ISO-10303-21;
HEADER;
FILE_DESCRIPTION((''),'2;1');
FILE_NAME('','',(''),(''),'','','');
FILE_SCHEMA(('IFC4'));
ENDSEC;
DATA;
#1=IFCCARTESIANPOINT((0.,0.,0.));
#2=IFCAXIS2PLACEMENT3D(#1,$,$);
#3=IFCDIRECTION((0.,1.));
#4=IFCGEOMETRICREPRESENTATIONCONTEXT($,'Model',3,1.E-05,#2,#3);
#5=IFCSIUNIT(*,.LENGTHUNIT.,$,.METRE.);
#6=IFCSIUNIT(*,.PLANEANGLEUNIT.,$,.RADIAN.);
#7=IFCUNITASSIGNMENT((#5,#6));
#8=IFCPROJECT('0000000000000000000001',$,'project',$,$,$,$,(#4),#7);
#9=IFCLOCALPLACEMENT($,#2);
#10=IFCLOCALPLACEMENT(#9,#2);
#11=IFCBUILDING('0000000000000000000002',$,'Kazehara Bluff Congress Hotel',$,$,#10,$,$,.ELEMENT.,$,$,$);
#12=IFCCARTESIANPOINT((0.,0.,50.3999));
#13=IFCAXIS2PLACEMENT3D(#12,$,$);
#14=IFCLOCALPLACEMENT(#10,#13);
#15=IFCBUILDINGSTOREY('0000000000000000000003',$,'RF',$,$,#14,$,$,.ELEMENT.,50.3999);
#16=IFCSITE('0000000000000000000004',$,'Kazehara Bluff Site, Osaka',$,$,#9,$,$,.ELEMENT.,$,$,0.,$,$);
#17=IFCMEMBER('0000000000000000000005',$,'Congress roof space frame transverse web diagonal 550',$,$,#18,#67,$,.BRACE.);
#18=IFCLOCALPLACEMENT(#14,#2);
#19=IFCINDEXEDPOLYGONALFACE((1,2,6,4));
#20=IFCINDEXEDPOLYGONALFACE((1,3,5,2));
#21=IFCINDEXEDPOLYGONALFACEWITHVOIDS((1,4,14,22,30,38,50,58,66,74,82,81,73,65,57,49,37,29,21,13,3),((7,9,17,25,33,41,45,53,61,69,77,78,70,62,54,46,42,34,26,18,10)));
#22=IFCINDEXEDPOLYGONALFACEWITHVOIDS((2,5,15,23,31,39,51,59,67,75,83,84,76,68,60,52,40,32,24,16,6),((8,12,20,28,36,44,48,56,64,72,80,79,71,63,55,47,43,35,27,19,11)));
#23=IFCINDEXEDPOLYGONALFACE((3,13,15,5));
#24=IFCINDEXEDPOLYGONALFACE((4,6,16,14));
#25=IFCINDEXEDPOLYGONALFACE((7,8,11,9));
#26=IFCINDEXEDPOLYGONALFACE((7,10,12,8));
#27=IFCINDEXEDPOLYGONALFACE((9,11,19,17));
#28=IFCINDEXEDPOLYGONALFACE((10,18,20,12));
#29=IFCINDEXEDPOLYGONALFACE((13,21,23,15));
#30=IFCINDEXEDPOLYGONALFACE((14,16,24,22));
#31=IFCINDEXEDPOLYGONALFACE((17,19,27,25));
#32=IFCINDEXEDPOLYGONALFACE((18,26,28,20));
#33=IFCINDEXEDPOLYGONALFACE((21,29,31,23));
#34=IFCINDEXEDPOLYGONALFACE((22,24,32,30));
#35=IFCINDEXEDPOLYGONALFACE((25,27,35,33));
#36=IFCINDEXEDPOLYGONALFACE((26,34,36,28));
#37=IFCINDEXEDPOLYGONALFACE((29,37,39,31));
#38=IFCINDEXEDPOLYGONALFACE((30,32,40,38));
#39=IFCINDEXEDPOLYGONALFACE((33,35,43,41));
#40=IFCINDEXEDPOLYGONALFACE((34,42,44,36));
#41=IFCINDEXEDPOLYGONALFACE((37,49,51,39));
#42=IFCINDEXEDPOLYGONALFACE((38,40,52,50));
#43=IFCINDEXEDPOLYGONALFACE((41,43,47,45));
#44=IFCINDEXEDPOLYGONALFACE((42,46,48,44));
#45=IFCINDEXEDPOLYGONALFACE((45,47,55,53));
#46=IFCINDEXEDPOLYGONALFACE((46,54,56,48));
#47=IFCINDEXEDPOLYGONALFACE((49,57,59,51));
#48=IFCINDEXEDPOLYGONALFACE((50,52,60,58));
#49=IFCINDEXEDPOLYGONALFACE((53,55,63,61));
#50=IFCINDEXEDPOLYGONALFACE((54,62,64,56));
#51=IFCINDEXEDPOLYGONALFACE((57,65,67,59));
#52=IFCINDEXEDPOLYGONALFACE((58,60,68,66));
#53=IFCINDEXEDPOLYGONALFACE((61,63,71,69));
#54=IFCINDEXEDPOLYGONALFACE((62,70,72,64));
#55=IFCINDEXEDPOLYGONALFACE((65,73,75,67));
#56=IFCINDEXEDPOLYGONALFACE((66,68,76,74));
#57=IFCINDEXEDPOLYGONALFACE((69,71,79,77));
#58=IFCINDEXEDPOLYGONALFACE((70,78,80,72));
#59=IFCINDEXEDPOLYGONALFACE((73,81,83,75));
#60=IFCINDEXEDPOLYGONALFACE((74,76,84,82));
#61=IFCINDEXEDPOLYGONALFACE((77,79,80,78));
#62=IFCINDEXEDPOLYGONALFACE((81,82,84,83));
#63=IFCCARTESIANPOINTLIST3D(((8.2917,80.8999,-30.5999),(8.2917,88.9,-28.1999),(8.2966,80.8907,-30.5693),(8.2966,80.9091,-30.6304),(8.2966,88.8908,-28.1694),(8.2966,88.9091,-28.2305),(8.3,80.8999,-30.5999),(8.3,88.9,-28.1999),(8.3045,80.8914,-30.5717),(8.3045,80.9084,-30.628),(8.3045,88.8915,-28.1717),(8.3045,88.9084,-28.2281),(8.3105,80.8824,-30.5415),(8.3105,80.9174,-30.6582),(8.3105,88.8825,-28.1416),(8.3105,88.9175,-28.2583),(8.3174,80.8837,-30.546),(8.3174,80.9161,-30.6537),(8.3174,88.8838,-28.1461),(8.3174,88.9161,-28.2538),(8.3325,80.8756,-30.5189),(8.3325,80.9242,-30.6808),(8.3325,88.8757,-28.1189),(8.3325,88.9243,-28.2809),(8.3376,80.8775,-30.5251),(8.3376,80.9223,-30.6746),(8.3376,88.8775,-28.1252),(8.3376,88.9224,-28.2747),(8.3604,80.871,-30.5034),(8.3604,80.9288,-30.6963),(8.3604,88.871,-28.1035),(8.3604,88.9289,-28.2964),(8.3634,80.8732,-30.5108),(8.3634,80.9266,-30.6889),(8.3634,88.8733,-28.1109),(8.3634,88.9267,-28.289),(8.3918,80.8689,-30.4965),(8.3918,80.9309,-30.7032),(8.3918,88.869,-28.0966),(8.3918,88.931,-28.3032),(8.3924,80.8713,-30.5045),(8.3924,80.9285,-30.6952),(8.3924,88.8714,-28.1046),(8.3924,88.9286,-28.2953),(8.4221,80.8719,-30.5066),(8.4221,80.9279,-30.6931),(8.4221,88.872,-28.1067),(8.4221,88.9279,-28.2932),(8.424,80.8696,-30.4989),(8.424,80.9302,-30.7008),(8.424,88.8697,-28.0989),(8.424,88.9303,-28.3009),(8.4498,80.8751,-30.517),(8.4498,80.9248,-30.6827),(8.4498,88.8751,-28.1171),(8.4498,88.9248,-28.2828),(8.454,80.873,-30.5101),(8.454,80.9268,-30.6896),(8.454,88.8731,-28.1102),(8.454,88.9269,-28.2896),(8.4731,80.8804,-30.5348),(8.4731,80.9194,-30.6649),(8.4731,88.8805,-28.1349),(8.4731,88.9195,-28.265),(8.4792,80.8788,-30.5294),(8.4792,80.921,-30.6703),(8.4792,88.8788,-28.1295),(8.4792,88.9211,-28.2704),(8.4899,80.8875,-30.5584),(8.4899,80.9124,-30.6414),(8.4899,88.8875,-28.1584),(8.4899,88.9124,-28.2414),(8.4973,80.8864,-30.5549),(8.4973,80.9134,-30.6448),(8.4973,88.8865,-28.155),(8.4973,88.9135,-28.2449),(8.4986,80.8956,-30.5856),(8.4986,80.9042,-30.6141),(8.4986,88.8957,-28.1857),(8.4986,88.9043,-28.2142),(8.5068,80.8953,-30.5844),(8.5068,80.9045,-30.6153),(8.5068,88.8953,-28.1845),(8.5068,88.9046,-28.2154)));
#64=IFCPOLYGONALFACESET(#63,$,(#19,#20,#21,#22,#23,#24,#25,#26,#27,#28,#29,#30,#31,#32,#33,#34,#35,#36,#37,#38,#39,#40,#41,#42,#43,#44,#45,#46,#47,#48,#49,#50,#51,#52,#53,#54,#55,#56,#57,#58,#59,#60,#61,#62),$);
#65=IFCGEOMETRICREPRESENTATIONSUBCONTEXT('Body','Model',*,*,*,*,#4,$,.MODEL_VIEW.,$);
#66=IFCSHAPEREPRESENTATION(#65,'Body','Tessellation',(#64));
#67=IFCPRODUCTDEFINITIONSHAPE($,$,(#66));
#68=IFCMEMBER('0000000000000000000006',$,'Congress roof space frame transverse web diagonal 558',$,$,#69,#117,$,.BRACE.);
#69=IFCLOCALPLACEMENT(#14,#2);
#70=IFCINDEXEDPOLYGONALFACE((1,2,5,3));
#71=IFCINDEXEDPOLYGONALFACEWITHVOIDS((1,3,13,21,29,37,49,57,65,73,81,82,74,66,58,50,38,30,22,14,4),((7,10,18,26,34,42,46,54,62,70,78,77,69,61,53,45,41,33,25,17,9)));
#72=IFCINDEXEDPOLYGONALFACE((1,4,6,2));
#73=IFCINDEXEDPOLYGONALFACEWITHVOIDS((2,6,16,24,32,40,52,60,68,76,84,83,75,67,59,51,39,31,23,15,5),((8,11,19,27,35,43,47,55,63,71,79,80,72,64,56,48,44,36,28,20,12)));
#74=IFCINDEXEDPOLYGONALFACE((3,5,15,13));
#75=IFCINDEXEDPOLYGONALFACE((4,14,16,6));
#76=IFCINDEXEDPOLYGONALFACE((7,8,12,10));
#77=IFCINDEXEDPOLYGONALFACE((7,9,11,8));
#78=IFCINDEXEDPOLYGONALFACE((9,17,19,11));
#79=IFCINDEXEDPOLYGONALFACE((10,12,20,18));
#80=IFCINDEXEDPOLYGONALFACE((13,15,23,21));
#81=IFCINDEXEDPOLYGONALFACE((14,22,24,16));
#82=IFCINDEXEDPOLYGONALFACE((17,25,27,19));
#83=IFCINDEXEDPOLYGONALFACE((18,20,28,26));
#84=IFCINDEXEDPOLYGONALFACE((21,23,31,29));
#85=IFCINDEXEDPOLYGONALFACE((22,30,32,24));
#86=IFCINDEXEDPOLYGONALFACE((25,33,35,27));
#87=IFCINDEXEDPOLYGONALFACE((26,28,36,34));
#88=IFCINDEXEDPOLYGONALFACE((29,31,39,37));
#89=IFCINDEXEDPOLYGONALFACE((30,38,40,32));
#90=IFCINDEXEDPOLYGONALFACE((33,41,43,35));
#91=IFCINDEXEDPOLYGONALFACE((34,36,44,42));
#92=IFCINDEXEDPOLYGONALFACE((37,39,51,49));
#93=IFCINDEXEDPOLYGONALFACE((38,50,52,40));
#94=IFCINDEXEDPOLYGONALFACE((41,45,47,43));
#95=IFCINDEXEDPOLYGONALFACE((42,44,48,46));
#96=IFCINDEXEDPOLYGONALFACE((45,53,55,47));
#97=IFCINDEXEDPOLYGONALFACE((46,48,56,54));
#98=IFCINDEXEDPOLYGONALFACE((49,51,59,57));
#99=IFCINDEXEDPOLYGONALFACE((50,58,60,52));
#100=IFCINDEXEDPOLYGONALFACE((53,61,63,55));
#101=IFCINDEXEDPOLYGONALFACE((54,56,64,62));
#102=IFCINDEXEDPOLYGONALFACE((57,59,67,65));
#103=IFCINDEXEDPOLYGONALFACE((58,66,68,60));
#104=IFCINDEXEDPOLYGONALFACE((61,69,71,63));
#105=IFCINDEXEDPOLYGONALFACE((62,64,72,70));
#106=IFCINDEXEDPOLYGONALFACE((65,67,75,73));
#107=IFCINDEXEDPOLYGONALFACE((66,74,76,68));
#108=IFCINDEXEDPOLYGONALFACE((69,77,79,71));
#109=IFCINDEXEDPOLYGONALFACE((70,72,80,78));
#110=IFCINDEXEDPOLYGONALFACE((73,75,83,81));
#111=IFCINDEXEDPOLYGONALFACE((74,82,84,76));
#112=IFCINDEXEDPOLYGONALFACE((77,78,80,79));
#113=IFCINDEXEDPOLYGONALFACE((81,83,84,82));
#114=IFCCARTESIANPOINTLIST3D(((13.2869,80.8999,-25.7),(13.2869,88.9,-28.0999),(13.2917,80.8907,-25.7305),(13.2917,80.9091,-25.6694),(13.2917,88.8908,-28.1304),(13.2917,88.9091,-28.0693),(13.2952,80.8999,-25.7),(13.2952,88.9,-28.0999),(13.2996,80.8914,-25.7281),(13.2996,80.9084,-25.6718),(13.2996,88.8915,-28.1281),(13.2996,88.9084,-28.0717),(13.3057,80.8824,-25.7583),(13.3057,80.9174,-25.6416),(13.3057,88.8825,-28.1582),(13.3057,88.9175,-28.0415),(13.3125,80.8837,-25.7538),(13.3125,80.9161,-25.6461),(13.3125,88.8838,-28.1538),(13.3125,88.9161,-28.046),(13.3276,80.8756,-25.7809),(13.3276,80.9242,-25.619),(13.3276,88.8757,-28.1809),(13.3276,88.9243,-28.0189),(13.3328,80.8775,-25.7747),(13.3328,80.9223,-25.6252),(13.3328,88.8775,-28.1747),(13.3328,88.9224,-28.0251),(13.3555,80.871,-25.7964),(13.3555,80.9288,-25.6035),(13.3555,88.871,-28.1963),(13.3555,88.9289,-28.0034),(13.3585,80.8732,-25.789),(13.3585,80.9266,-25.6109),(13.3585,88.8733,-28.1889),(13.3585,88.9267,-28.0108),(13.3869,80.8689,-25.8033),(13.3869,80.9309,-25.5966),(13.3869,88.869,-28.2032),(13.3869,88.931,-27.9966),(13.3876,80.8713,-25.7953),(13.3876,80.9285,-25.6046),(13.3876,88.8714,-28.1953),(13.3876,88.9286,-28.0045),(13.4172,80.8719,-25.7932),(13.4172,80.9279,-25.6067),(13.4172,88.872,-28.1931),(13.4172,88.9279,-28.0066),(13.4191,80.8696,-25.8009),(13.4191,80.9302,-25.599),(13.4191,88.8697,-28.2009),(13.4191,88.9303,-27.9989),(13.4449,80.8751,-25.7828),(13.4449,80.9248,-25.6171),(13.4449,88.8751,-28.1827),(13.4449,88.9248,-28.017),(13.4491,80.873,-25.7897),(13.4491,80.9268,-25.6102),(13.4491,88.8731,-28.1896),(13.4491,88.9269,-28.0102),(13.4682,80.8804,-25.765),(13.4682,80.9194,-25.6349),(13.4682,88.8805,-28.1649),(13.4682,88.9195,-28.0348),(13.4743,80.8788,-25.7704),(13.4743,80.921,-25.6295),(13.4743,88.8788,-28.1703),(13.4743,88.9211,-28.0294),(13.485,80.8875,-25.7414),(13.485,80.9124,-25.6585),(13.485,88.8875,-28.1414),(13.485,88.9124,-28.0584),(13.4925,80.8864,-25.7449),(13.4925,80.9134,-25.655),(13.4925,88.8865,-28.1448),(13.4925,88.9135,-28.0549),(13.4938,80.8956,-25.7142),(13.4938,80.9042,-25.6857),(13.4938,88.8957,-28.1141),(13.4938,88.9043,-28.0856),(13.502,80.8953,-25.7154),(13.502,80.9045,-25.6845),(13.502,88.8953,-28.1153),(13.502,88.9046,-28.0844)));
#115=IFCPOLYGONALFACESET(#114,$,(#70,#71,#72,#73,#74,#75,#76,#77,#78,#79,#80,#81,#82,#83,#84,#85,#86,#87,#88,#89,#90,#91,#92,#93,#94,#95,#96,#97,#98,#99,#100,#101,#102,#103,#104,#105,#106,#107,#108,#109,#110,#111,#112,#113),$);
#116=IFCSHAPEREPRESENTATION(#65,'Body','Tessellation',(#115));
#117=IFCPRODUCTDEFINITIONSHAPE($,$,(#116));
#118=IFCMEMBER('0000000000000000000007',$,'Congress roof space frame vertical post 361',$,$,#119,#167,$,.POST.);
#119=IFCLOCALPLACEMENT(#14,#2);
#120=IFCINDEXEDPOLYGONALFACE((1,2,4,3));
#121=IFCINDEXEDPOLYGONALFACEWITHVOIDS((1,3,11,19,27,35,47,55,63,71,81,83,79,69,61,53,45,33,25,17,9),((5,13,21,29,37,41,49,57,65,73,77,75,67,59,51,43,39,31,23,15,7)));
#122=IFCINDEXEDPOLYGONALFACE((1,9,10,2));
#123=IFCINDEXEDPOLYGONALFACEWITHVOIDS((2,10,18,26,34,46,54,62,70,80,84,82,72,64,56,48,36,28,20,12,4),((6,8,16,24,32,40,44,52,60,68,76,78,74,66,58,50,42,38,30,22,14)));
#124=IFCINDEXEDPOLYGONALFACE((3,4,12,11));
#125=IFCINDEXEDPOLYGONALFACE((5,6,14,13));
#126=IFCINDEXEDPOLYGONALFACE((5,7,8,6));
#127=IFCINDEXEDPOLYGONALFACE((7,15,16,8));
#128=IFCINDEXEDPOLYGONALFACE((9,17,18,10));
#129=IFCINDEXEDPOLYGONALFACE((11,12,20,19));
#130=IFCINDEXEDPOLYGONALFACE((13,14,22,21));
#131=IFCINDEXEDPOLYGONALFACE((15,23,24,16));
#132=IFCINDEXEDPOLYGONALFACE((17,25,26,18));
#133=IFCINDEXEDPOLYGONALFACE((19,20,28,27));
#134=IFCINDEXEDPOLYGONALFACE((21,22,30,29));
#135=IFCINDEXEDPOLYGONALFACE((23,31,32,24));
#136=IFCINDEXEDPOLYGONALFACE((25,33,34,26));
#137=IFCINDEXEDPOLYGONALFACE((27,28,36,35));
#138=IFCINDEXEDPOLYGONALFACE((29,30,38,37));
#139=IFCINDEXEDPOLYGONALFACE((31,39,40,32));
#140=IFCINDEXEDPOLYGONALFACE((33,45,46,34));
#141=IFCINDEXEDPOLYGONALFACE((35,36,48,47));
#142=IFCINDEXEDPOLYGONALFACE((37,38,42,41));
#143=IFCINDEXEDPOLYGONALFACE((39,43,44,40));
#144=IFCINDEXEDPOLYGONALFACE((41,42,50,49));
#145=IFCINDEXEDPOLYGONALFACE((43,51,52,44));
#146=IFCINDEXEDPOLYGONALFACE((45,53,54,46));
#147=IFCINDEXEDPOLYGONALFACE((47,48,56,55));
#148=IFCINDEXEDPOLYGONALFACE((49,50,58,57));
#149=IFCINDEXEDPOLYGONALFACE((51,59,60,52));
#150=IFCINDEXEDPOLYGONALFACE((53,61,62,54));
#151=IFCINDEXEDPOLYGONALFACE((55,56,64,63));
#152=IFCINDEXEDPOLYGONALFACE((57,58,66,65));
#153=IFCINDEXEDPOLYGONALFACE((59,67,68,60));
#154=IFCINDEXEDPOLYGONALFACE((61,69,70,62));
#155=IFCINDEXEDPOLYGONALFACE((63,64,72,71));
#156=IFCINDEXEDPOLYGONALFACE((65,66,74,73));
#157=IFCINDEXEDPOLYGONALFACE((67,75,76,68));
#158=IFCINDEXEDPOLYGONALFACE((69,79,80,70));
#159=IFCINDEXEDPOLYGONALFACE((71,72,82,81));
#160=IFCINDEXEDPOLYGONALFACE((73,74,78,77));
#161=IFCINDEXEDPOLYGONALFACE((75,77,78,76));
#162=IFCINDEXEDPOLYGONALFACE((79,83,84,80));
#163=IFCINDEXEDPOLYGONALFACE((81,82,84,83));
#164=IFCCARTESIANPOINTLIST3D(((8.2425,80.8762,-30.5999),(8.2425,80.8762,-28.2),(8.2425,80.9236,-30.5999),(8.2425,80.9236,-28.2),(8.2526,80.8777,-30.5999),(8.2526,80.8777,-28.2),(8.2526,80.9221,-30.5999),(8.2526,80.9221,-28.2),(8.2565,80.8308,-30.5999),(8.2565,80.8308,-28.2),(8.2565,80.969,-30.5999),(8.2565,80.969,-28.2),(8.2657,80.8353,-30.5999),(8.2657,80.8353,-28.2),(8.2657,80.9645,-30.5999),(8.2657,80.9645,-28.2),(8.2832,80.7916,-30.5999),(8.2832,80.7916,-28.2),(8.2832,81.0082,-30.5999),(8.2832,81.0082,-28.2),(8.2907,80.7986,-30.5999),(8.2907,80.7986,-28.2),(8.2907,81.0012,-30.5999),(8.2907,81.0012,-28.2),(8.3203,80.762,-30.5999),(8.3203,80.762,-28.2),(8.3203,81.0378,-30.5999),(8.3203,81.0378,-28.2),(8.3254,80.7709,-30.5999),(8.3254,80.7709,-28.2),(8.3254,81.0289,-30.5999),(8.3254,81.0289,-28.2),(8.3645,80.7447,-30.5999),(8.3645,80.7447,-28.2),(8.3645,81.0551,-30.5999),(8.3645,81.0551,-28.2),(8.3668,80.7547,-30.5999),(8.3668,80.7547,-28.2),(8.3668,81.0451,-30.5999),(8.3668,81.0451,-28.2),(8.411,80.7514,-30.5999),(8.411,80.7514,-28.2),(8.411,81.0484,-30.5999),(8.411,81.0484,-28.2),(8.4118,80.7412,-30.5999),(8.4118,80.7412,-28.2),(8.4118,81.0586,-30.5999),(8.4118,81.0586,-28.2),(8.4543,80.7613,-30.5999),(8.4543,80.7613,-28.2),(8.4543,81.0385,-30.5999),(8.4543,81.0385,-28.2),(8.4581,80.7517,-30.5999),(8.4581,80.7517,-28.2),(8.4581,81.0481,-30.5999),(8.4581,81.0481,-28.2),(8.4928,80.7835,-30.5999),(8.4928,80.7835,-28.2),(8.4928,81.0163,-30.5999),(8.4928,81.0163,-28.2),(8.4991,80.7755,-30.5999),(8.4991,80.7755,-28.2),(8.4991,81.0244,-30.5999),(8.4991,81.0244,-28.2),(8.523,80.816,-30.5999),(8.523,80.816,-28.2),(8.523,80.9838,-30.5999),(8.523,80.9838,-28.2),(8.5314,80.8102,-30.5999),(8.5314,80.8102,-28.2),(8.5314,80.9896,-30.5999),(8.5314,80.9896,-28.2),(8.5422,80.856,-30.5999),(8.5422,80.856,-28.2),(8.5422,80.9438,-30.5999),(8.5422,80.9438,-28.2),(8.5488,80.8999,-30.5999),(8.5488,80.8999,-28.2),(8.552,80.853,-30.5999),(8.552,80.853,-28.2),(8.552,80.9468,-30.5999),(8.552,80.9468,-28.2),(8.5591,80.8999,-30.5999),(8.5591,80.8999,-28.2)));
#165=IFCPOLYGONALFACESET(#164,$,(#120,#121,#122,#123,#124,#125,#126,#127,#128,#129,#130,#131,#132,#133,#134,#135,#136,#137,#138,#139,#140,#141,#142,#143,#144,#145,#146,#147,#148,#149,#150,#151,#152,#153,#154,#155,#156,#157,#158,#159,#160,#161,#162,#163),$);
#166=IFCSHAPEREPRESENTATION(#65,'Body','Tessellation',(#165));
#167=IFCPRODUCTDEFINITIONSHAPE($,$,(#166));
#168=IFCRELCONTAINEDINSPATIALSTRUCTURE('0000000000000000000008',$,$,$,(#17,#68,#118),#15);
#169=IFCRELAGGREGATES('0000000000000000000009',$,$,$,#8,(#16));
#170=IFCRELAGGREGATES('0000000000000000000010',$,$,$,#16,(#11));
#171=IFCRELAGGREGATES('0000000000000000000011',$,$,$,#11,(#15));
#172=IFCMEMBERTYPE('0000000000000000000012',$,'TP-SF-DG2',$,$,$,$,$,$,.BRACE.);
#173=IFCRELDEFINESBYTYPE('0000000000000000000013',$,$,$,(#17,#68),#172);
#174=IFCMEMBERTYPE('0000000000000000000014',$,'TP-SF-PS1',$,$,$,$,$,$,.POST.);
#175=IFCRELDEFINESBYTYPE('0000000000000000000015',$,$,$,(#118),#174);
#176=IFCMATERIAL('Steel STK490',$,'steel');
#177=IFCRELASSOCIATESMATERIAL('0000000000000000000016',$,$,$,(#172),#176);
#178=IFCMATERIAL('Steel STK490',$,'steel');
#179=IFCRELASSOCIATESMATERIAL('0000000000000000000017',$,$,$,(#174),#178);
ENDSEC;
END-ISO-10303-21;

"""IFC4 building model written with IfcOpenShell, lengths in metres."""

from ifc_helpers import new_model, si_unit, direction, frame, origin, origin_2d, place, context, subcontext, project, spatial, hollow_circle, extrude, material, material_profile, profile_set, type_object, element, save


model = new_model("IFC4")

# Units and contexts
model_context = context("Model", 3, precision=1e-05, world=origin(), true_north=direction((0.0, 1.0)))
body_context = subcontext(model_context, "Body", "Model", "MODEL_VIEW")
ifc_project = project(units=[si_unit("LENGTHUNIT", "METRE"), si_unit("PLANEANGLEUNIT", "RADIAN")], contexts=[model_context])

# Site, building, storey
site_placement = place(None, origin())
site = spatial("IfcSite", under=ifc_project, at=site_placement, Name="Kazehara Bluff Site, Osaka", CompositionType="ELEMENT", RefElevation=0.0)
building_placement = place(site_placement, origin())
building = spatial("IfcBuilding", under=site, at=building_placement, Name="Kazehara Bluff Congress Hotel", CompositionType="ELEMENT")
storey_placement = place(building_placement, frame((0.0, 0.0, 50.3999)))
storey = spatial("IfcBuildingStorey", under=building, at=storey_placement, Name="RF", CompositionType="ELEMENT", Elevation=50.3999)

# Members
ifc_material_1 = material(Name="Steel STK490", Category="steel")
ifc_material_profile_1 = material_profile(ifc_material_1, hollow_circle(Radius=0.1082, WallThickness=0.0083, at=origin_2d()))
ifc_profile_set_1 = profile_set([ifc_material_profile_1], Name="Steel STK490")
member_type_1 = type_object("IfcMemberType", Name="TP-SF-DG2", PredefinedType="BRACE", material=ifc_profile_set_1)
for number, where, z_axis, x_axis, name in (
    (1, (8.3999, 80.8999, -30.5999), (0.0, 0.95783, 0.287337), (-1.0, 0.0, 0.0), "Congress roof space frame transverse web diagonal 550"),
    (2, (13.395, 80.8999, -25.7), (0.0, 0.95783, -0.287337), (-1.0, 0.0, 0.0), "Congress roof space frame transverse web diagonal 558"),
):
    element("IfcMember", number, at=place(storey_placement, frame(where, z_axis=z_axis, x_axis=x_axis)), inside=storey, type_object=member_type_1, Name=name, PredefinedType="BRACE", context=body_context, shape_type="SweptSolid", body=[
        extrude(hollow_circle(Radius=0.1082, WallThickness=0.0083, at=origin_2d()), origin(), (0.0, 0.0, 1.0), 8.3523),
    ])
ifc_material_2 = material(Name="Steel STK490", Category="steel")
ifc_material_profile_2 = material_profile(ifc_material_2, hollow_circle(Radius=0.1592, WallThickness=0.0103, at=origin_2d()))
ifc_profile_set_2 = profile_set([ifc_material_profile_2], Name="Steel STK490")
member_type_2 = type_object("IfcMemberType", Name="TP-SF-PS1", PredefinedType="POST", material=ifc_profile_set_2)
for number, where, z_axis, x_axis, name in (
    (3, (8.3999, 80.8999, -30.5999), (0.0, 0.0, 1.0), (1.0, 0.0, 0.0), "Congress roof space frame vertical post 361"),
):
    element("IfcMember", number, at=place(storey_placement, frame(where, z_axis=z_axis, x_axis=x_axis)), inside=storey, type_object=member_type_2, Name=name, PredefinedType="POST", context=body_context, shape_type="SweptSolid", body=[
        extrude(hollow_circle(Radius=0.1592, WallThickness=0.0103, at=origin_2d()), origin(), (0.0, 0.0, 1.0), 2.3999),
    ])

save(model, "model.ifc")
